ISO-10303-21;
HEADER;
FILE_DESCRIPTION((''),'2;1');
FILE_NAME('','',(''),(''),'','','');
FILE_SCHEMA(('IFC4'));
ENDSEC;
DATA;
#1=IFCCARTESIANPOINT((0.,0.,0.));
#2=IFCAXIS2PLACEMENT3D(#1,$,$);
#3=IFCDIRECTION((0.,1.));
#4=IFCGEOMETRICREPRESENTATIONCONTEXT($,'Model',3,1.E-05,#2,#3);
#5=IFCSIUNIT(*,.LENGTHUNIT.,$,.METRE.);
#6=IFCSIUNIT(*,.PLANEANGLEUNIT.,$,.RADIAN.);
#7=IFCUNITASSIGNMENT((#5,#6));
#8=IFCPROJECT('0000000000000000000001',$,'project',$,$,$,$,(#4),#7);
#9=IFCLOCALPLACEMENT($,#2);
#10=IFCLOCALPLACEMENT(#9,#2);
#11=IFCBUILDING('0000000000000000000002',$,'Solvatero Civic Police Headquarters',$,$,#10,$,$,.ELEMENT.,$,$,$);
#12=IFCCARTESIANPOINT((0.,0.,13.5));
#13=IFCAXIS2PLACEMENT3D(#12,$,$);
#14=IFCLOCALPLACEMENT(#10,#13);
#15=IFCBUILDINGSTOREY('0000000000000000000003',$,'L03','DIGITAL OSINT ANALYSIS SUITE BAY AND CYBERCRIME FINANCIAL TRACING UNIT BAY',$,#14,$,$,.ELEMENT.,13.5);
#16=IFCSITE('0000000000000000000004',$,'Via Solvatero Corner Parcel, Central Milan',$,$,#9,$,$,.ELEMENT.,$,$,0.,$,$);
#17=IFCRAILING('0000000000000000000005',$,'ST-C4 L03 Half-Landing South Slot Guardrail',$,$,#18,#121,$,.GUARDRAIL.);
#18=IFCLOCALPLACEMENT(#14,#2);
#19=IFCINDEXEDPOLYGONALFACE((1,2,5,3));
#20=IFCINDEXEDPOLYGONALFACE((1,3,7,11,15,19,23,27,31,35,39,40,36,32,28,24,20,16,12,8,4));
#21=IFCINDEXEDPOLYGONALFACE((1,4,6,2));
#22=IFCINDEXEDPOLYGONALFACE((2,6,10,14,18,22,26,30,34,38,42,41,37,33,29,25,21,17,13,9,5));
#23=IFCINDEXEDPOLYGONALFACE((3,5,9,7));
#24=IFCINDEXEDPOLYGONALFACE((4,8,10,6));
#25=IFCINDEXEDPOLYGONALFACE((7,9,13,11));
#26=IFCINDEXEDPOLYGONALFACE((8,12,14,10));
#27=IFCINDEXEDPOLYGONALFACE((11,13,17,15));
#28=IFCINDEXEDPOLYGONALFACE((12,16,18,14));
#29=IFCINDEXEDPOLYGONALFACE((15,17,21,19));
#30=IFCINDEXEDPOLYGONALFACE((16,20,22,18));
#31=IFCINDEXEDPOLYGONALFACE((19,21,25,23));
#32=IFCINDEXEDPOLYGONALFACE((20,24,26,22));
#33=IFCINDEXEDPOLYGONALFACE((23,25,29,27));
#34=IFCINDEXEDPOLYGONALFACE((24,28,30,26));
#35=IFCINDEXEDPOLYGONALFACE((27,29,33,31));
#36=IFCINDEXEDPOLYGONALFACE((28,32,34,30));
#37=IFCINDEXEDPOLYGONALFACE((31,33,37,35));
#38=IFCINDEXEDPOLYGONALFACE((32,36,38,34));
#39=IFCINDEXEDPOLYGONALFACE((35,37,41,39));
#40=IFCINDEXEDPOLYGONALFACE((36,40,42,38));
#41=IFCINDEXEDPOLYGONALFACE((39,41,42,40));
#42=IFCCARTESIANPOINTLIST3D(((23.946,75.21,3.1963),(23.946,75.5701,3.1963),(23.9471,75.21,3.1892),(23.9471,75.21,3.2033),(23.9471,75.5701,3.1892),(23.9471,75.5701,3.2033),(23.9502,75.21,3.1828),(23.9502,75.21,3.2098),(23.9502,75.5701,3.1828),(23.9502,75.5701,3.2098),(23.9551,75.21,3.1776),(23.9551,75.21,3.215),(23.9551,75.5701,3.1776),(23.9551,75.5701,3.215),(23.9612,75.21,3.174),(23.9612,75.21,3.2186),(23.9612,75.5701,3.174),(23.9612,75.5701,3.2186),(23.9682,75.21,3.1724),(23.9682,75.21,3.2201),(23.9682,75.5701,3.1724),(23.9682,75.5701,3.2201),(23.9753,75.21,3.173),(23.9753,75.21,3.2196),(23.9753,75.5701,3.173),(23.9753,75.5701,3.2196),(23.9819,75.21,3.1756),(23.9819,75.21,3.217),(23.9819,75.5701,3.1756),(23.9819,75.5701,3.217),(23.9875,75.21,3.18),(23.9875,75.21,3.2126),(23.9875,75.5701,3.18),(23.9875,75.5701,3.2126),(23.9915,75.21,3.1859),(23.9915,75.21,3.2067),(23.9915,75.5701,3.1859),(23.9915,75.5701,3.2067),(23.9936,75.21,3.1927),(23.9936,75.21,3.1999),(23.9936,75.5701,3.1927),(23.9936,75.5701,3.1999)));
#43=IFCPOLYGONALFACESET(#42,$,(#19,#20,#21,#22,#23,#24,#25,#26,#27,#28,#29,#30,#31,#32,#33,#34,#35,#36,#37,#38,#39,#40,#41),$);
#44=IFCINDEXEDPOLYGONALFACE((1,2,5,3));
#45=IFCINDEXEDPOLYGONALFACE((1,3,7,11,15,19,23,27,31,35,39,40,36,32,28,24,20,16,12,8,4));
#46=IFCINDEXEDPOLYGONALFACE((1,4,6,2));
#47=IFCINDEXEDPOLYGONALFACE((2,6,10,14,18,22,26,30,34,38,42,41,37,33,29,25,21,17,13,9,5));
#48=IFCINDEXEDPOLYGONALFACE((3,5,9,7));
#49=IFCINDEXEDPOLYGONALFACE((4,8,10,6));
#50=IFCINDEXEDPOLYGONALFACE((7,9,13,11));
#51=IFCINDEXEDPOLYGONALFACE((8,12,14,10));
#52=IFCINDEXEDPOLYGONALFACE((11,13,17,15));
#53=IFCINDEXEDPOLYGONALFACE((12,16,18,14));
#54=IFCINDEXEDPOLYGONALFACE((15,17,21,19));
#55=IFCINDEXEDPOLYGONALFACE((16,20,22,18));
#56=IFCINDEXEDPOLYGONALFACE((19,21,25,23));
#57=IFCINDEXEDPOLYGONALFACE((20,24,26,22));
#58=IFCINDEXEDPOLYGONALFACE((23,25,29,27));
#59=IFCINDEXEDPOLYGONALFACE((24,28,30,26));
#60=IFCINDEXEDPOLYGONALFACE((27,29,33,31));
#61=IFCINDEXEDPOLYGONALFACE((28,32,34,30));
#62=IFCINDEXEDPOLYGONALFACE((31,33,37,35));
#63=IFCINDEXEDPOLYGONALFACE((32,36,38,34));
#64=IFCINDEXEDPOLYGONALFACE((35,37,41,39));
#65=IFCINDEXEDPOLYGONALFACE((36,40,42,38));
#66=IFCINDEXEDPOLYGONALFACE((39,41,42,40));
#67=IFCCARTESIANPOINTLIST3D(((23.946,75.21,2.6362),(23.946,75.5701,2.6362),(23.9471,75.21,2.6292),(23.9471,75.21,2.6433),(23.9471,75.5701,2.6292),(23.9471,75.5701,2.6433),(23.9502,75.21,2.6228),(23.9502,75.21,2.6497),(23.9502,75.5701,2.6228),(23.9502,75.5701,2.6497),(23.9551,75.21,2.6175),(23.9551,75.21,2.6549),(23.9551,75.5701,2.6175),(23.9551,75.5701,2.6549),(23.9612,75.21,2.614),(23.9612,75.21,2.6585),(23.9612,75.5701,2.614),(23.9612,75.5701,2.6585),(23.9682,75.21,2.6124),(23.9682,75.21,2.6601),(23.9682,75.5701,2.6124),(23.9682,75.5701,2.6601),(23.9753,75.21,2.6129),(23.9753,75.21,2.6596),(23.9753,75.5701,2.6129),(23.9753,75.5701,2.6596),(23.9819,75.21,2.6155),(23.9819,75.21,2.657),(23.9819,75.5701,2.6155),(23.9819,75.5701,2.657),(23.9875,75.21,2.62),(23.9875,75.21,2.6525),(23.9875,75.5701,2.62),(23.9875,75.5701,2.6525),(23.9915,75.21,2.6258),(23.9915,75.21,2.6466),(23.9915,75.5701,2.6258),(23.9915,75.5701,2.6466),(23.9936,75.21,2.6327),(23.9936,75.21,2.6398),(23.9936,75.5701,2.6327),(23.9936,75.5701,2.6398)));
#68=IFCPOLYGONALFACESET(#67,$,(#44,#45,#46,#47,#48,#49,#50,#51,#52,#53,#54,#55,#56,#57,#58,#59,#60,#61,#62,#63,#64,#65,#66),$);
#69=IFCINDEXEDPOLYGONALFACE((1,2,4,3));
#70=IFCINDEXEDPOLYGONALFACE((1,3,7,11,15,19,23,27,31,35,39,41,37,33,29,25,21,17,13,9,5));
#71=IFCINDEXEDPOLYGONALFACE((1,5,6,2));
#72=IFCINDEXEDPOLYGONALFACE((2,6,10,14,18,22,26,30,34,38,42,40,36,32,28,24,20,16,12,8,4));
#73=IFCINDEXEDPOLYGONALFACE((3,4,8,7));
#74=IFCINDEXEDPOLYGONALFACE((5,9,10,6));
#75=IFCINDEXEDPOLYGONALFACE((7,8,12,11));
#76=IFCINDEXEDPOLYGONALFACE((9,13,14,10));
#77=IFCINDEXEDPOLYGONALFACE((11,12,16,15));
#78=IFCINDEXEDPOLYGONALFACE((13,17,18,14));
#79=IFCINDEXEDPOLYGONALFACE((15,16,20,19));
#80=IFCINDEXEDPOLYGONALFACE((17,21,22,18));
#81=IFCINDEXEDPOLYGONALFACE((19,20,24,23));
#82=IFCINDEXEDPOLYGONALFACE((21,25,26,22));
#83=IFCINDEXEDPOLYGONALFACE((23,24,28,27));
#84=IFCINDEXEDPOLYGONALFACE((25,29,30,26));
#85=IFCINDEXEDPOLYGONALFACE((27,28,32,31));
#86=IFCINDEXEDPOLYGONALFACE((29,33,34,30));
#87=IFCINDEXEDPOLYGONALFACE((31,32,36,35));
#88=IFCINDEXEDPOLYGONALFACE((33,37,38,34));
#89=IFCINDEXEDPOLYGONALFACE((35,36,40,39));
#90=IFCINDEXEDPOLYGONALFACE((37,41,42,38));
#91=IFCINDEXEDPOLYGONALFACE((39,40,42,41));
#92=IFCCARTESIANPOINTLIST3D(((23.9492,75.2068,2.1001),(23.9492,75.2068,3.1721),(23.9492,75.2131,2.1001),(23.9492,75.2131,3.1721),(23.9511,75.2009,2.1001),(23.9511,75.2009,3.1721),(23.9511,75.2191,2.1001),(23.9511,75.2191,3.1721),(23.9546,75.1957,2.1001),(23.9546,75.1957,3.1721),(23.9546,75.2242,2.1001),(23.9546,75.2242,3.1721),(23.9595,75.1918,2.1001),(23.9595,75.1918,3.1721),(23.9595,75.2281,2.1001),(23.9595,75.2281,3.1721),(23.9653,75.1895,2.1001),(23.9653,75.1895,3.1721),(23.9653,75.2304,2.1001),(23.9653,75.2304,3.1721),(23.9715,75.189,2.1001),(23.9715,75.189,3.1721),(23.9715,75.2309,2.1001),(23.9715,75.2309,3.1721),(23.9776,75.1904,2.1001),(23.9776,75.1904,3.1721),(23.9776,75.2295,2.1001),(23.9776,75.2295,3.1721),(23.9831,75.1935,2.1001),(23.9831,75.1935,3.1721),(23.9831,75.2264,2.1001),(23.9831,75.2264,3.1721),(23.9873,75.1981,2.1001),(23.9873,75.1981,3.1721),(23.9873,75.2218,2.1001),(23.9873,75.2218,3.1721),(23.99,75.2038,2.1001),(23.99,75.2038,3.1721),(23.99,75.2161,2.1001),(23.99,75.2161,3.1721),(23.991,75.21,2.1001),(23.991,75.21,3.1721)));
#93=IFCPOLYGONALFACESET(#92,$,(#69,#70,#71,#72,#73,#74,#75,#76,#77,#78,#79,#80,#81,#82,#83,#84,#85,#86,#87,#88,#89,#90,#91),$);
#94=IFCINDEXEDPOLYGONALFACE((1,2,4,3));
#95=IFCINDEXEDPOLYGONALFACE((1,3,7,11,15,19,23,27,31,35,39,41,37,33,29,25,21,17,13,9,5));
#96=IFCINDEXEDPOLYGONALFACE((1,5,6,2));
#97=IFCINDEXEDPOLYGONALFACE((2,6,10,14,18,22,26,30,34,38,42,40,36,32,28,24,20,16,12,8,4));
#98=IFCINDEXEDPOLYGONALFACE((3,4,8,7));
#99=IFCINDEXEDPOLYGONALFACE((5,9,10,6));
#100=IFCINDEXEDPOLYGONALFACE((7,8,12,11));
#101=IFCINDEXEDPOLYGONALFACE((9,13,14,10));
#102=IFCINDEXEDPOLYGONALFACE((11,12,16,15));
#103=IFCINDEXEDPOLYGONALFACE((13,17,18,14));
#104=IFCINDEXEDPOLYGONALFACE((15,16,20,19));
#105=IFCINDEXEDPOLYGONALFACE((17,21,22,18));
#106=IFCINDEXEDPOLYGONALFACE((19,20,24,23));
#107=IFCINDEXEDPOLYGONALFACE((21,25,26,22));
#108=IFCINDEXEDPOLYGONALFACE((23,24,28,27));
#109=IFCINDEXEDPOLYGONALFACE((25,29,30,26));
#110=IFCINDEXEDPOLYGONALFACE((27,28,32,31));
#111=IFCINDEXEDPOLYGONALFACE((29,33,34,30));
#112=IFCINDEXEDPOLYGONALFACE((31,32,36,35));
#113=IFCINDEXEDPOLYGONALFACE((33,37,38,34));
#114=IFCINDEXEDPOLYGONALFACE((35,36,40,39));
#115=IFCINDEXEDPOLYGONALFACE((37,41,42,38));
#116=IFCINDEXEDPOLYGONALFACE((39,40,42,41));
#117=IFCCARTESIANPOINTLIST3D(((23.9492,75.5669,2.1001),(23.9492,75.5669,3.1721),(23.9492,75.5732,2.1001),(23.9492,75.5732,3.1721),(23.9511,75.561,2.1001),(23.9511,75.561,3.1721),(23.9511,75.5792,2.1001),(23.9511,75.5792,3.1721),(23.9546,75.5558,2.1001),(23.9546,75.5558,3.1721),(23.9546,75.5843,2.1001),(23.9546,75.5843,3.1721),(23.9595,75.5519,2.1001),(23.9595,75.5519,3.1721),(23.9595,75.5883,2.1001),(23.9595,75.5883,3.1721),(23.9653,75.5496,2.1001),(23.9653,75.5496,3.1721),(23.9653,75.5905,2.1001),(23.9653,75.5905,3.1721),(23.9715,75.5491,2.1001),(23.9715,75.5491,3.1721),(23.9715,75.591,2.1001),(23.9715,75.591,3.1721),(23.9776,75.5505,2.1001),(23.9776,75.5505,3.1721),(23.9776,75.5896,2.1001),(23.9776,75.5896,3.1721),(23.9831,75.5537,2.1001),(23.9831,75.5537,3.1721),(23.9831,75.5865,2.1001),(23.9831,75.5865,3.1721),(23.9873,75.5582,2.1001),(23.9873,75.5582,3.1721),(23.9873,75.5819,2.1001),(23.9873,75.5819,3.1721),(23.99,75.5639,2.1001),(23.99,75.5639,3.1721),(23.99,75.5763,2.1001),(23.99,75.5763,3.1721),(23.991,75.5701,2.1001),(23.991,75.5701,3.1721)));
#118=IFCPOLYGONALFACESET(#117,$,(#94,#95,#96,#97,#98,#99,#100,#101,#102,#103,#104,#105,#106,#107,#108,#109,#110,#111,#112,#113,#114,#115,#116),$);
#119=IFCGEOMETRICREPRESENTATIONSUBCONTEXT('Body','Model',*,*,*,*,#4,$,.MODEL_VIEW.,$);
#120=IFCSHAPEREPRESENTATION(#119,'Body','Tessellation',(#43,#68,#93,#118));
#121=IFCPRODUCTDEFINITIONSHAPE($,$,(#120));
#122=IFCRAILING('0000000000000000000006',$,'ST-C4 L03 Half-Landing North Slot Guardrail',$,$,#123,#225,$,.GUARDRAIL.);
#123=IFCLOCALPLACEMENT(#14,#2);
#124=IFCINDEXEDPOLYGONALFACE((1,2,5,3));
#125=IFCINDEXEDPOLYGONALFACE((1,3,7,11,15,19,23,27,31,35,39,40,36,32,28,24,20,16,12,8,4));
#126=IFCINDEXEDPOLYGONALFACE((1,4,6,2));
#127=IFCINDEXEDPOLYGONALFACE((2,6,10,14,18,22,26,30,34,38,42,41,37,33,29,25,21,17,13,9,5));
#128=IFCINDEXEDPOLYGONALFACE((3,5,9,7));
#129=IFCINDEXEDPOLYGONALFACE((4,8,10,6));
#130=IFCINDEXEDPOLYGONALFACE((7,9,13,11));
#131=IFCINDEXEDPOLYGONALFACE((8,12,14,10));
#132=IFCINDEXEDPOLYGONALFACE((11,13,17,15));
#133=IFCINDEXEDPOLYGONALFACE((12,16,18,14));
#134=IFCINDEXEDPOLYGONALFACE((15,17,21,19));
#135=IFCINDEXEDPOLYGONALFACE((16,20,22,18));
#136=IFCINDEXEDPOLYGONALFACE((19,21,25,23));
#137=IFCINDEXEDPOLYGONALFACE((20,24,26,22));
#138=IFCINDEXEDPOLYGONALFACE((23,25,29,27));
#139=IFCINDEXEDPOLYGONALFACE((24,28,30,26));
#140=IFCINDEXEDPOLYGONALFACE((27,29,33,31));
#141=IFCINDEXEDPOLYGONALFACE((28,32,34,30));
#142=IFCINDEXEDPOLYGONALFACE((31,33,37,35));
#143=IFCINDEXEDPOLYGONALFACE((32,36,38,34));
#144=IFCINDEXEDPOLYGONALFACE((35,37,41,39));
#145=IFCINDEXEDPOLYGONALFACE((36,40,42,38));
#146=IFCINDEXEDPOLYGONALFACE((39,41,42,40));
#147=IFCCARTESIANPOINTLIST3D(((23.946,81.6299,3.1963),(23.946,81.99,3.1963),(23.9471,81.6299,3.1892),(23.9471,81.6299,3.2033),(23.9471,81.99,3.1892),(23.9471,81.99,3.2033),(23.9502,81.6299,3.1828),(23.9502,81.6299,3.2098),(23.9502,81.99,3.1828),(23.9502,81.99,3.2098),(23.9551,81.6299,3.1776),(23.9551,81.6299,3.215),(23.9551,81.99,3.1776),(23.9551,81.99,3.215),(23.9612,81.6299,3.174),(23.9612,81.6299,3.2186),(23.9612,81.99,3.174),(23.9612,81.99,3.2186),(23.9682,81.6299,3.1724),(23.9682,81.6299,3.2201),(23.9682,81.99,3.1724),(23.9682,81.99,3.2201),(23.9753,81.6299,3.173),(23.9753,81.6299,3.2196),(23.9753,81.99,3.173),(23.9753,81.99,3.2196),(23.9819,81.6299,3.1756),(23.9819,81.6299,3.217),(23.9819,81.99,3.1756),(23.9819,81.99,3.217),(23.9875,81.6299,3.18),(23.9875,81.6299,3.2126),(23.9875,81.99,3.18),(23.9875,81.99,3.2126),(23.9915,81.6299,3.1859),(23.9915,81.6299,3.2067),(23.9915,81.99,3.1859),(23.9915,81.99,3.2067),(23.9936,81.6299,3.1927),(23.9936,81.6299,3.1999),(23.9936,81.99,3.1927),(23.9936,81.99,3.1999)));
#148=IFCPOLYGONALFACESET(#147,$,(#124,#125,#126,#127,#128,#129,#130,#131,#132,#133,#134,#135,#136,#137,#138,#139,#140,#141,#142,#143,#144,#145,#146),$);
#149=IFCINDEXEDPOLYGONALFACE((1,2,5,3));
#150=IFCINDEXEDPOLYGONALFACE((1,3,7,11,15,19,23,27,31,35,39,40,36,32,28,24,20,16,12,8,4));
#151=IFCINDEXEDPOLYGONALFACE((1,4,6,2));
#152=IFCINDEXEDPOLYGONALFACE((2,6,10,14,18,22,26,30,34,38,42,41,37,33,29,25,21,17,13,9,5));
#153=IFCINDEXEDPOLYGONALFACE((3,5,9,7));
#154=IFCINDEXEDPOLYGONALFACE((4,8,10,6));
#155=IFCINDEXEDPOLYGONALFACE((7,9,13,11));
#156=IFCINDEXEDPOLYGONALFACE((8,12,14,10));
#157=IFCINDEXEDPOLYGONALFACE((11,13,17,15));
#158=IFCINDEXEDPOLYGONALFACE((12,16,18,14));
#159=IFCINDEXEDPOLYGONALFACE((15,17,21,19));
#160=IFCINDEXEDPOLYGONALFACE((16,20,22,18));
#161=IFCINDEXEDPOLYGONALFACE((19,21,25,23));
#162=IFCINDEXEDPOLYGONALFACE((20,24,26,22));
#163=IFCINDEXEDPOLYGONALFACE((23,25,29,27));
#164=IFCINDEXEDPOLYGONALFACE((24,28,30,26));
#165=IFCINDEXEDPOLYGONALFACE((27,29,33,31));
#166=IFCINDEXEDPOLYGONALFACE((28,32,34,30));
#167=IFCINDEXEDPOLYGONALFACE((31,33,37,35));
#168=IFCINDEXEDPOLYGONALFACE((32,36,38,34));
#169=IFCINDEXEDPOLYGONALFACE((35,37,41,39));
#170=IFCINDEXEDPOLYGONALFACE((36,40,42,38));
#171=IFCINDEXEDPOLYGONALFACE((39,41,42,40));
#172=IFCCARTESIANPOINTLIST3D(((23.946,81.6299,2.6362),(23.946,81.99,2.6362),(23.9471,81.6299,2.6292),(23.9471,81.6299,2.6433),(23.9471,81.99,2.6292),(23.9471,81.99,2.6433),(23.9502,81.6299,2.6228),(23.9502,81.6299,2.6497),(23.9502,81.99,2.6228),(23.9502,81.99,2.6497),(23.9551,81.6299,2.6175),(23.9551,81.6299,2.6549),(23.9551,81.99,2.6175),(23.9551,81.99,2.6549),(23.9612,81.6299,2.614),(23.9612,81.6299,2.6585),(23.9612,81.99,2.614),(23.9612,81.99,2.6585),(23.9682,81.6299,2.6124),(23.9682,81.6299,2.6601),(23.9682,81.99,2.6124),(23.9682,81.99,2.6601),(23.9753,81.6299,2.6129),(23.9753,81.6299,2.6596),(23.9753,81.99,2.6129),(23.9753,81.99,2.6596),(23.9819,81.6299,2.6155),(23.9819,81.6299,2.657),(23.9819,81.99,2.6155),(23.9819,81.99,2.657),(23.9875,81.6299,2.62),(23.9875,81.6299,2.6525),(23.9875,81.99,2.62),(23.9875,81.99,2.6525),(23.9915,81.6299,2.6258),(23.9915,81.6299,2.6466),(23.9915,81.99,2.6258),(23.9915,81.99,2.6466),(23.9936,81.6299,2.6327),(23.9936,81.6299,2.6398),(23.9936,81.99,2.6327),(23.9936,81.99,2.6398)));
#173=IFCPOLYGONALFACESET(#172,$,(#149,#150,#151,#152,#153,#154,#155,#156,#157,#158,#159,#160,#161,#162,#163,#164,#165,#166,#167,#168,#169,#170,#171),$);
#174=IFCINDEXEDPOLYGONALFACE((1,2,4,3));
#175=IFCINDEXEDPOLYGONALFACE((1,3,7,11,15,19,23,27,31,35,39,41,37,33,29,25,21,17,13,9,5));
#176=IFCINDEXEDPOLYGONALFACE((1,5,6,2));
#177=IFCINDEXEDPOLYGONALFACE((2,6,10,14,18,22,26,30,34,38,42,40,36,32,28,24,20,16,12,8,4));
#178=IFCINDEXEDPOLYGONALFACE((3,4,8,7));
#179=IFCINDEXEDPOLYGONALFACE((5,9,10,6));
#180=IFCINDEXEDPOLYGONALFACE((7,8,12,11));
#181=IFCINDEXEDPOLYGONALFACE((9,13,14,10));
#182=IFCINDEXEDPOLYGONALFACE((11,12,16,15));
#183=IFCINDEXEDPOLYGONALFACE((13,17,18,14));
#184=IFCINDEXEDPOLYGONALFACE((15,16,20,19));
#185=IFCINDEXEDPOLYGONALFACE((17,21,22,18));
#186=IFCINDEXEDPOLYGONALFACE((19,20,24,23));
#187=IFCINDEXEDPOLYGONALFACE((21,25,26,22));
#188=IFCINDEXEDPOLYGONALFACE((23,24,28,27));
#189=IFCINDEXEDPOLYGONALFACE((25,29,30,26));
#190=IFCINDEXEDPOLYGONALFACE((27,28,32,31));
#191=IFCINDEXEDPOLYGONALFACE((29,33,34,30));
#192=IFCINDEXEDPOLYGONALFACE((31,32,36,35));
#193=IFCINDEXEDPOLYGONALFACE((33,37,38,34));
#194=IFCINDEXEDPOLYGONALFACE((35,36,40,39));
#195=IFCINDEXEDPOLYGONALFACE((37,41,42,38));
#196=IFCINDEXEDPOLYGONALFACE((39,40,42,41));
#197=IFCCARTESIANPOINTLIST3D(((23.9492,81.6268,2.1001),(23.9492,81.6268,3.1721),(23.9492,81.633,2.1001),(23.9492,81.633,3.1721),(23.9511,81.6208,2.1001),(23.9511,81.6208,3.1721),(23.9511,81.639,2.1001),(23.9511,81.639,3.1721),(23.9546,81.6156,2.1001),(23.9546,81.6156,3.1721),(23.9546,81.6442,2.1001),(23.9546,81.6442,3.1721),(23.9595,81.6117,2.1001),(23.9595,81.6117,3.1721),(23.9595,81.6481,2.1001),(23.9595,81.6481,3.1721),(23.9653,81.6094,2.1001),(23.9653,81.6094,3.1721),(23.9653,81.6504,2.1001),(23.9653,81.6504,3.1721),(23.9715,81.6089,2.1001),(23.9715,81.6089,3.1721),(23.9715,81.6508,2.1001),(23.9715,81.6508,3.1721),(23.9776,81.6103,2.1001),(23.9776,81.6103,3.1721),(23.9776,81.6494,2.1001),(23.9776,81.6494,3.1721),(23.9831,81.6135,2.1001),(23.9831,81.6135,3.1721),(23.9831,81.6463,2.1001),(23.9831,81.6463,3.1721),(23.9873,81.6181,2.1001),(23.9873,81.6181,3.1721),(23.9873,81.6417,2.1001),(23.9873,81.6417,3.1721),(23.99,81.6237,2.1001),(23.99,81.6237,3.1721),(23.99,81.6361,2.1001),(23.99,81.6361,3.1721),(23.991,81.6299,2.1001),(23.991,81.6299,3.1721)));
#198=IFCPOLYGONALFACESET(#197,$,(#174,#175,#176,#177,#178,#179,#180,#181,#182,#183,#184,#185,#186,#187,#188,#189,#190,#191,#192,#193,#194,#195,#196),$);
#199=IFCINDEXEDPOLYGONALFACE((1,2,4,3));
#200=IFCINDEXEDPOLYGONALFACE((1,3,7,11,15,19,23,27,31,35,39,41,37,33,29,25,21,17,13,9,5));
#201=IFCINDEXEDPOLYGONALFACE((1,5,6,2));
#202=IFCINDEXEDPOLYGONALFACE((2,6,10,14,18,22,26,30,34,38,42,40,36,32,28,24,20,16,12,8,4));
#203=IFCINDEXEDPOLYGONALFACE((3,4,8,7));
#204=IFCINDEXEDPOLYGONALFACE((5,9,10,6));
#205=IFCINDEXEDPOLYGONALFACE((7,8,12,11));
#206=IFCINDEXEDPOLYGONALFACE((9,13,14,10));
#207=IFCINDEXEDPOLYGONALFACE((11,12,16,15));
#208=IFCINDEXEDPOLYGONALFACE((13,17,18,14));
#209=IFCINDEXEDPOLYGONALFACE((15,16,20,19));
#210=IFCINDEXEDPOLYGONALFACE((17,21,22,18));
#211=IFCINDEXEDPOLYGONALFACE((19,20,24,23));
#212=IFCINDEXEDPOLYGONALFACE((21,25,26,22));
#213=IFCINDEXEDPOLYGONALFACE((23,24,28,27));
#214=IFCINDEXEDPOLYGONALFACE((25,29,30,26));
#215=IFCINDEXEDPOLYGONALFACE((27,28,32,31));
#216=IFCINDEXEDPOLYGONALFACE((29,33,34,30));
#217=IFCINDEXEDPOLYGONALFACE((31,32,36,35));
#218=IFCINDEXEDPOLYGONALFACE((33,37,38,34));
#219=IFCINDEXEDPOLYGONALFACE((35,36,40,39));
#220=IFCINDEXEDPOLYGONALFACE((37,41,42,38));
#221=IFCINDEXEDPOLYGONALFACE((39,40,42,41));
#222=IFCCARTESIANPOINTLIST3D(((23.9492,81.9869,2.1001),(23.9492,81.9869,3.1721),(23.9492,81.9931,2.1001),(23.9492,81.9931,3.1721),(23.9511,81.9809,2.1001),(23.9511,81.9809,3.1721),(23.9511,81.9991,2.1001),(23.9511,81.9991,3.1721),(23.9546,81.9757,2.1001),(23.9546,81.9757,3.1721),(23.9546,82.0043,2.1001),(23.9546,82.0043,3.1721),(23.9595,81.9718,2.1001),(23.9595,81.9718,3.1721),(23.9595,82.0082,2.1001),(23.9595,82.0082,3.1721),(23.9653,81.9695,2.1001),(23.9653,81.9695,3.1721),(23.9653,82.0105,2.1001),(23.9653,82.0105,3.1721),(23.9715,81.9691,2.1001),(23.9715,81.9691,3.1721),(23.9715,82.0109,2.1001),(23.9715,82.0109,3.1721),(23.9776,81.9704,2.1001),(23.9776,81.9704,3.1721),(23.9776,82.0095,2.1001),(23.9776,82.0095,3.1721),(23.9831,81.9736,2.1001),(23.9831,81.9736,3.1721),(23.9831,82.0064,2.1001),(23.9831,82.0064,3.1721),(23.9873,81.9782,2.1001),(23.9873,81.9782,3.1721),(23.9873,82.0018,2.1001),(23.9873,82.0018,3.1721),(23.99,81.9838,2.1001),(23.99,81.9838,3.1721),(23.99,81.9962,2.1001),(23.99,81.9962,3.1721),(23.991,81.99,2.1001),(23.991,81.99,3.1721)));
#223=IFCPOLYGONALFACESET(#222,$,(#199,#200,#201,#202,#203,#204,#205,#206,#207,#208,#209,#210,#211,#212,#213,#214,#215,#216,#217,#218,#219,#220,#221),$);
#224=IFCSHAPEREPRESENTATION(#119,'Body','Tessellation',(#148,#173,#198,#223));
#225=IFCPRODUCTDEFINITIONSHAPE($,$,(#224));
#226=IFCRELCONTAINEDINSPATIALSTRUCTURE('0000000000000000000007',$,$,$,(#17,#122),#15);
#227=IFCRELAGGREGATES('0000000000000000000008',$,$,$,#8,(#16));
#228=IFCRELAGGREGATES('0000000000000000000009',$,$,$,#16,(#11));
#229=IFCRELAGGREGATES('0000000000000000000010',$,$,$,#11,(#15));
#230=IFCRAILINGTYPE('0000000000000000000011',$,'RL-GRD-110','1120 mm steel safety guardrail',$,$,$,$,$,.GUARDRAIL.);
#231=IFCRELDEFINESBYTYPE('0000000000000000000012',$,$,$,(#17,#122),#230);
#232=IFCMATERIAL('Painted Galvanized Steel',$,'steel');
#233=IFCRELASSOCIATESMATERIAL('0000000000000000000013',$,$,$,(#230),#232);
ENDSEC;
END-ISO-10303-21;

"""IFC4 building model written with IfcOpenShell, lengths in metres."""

from ifc_helpers import new_model, si_unit, direction, frame, origin, origin_2d, place, context, subcontext, project, spatial, circle, extrude, material, type_object, element, save


model = new_model("IFC4")

# Units and contexts
model_context = context("Model", 3, precision=1e-05, world=origin(), true_north=direction((0.0, 1.0)))
body_context = subcontext(model_context, "Body", "Model", "MODEL_VIEW")
ifc_project = project(units=[si_unit("LENGTHUNIT", "METRE"), si_unit("PLANEANGLEUNIT", "RADIAN")], contexts=[model_context])

# Site, building, storey
site_placement = place(None, origin())
site = spatial("IfcSite", under=ifc_project, at=site_placement, Name="Via Solvatero Corner Parcel, Central Milan", CompositionType="ELEMENT", RefElevation=0.0)
building_placement = place(site_placement, origin())
building = spatial("IfcBuilding", under=site, at=building_placement, Name="Solvatero Civic Police Headquarters", CompositionType="ELEMENT")
storey_placement = place(building_placement, frame((0.0, 0.0, 13.5)))
storey = spatial("IfcBuildingStorey", under=building, at=storey_placement, Name="L03", Description="DIGITAL OSINT ANALYSIS SUITE BAY AND CYBERCRIME FINANCIAL TRACING UNIT BAY", CompositionType="ELEMENT", Elevation=13.5)

# Railings
ifc_material_1 = material(Name="Painted Galvanized Steel", Category="steel")
railing_type_1 = type_object("IfcRailingType", Name="RL-GRD-110", Description="1120 mm steel safety guardrail", PredefinedType="GUARDRAIL", material=ifc_material_1)
for number, where, name in (
    (1, (23.97, 75.21, 2.1001), "ST-C4 L03 Half-Landing South Slot Guardrail"),
    (2, (23.97, 81.6299, 2.1001), "ST-C4 L03 Half-Landing North Slot Guardrail"),
):
    element("IfcRailing", number, at=place(storey_placement, frame(where)), inside=storey, type_object=railing_type_1, Name=name, PredefinedType="GUARDRAIL", context=body_context, shape_type="SweptSolid", body=[
        extrude(circle(Radius=0.0239, at=origin_2d()), frame((0.0, 0.0, 1.0962), z_axis=(0.0, 1.0, 0.0), x_axis=(-1.0, 0.0, 0.0)), (0.0, 0.0, 1.0), 0.3601),
        extrude(circle(Radius=0.0239, at=origin_2d()), frame((0.0, 0.0, 0.5361), z_axis=(0.0, 1.0, 0.0), x_axis=(-1.0, 0.0, 0.0)), (0.0, 0.0, 1.0), 0.3601),
        extrude(circle(Radius=0.021, at=origin_2d()), origin(), (0.0, 0.0, 1.0), 1.072),
        extrude(circle(Radius=0.021, at=origin_2d()), frame((0.0, 0.3601, 0.0)), (0.0, 0.0, 1.0), 1.072),
    ])

save(model, "model.ifc")
